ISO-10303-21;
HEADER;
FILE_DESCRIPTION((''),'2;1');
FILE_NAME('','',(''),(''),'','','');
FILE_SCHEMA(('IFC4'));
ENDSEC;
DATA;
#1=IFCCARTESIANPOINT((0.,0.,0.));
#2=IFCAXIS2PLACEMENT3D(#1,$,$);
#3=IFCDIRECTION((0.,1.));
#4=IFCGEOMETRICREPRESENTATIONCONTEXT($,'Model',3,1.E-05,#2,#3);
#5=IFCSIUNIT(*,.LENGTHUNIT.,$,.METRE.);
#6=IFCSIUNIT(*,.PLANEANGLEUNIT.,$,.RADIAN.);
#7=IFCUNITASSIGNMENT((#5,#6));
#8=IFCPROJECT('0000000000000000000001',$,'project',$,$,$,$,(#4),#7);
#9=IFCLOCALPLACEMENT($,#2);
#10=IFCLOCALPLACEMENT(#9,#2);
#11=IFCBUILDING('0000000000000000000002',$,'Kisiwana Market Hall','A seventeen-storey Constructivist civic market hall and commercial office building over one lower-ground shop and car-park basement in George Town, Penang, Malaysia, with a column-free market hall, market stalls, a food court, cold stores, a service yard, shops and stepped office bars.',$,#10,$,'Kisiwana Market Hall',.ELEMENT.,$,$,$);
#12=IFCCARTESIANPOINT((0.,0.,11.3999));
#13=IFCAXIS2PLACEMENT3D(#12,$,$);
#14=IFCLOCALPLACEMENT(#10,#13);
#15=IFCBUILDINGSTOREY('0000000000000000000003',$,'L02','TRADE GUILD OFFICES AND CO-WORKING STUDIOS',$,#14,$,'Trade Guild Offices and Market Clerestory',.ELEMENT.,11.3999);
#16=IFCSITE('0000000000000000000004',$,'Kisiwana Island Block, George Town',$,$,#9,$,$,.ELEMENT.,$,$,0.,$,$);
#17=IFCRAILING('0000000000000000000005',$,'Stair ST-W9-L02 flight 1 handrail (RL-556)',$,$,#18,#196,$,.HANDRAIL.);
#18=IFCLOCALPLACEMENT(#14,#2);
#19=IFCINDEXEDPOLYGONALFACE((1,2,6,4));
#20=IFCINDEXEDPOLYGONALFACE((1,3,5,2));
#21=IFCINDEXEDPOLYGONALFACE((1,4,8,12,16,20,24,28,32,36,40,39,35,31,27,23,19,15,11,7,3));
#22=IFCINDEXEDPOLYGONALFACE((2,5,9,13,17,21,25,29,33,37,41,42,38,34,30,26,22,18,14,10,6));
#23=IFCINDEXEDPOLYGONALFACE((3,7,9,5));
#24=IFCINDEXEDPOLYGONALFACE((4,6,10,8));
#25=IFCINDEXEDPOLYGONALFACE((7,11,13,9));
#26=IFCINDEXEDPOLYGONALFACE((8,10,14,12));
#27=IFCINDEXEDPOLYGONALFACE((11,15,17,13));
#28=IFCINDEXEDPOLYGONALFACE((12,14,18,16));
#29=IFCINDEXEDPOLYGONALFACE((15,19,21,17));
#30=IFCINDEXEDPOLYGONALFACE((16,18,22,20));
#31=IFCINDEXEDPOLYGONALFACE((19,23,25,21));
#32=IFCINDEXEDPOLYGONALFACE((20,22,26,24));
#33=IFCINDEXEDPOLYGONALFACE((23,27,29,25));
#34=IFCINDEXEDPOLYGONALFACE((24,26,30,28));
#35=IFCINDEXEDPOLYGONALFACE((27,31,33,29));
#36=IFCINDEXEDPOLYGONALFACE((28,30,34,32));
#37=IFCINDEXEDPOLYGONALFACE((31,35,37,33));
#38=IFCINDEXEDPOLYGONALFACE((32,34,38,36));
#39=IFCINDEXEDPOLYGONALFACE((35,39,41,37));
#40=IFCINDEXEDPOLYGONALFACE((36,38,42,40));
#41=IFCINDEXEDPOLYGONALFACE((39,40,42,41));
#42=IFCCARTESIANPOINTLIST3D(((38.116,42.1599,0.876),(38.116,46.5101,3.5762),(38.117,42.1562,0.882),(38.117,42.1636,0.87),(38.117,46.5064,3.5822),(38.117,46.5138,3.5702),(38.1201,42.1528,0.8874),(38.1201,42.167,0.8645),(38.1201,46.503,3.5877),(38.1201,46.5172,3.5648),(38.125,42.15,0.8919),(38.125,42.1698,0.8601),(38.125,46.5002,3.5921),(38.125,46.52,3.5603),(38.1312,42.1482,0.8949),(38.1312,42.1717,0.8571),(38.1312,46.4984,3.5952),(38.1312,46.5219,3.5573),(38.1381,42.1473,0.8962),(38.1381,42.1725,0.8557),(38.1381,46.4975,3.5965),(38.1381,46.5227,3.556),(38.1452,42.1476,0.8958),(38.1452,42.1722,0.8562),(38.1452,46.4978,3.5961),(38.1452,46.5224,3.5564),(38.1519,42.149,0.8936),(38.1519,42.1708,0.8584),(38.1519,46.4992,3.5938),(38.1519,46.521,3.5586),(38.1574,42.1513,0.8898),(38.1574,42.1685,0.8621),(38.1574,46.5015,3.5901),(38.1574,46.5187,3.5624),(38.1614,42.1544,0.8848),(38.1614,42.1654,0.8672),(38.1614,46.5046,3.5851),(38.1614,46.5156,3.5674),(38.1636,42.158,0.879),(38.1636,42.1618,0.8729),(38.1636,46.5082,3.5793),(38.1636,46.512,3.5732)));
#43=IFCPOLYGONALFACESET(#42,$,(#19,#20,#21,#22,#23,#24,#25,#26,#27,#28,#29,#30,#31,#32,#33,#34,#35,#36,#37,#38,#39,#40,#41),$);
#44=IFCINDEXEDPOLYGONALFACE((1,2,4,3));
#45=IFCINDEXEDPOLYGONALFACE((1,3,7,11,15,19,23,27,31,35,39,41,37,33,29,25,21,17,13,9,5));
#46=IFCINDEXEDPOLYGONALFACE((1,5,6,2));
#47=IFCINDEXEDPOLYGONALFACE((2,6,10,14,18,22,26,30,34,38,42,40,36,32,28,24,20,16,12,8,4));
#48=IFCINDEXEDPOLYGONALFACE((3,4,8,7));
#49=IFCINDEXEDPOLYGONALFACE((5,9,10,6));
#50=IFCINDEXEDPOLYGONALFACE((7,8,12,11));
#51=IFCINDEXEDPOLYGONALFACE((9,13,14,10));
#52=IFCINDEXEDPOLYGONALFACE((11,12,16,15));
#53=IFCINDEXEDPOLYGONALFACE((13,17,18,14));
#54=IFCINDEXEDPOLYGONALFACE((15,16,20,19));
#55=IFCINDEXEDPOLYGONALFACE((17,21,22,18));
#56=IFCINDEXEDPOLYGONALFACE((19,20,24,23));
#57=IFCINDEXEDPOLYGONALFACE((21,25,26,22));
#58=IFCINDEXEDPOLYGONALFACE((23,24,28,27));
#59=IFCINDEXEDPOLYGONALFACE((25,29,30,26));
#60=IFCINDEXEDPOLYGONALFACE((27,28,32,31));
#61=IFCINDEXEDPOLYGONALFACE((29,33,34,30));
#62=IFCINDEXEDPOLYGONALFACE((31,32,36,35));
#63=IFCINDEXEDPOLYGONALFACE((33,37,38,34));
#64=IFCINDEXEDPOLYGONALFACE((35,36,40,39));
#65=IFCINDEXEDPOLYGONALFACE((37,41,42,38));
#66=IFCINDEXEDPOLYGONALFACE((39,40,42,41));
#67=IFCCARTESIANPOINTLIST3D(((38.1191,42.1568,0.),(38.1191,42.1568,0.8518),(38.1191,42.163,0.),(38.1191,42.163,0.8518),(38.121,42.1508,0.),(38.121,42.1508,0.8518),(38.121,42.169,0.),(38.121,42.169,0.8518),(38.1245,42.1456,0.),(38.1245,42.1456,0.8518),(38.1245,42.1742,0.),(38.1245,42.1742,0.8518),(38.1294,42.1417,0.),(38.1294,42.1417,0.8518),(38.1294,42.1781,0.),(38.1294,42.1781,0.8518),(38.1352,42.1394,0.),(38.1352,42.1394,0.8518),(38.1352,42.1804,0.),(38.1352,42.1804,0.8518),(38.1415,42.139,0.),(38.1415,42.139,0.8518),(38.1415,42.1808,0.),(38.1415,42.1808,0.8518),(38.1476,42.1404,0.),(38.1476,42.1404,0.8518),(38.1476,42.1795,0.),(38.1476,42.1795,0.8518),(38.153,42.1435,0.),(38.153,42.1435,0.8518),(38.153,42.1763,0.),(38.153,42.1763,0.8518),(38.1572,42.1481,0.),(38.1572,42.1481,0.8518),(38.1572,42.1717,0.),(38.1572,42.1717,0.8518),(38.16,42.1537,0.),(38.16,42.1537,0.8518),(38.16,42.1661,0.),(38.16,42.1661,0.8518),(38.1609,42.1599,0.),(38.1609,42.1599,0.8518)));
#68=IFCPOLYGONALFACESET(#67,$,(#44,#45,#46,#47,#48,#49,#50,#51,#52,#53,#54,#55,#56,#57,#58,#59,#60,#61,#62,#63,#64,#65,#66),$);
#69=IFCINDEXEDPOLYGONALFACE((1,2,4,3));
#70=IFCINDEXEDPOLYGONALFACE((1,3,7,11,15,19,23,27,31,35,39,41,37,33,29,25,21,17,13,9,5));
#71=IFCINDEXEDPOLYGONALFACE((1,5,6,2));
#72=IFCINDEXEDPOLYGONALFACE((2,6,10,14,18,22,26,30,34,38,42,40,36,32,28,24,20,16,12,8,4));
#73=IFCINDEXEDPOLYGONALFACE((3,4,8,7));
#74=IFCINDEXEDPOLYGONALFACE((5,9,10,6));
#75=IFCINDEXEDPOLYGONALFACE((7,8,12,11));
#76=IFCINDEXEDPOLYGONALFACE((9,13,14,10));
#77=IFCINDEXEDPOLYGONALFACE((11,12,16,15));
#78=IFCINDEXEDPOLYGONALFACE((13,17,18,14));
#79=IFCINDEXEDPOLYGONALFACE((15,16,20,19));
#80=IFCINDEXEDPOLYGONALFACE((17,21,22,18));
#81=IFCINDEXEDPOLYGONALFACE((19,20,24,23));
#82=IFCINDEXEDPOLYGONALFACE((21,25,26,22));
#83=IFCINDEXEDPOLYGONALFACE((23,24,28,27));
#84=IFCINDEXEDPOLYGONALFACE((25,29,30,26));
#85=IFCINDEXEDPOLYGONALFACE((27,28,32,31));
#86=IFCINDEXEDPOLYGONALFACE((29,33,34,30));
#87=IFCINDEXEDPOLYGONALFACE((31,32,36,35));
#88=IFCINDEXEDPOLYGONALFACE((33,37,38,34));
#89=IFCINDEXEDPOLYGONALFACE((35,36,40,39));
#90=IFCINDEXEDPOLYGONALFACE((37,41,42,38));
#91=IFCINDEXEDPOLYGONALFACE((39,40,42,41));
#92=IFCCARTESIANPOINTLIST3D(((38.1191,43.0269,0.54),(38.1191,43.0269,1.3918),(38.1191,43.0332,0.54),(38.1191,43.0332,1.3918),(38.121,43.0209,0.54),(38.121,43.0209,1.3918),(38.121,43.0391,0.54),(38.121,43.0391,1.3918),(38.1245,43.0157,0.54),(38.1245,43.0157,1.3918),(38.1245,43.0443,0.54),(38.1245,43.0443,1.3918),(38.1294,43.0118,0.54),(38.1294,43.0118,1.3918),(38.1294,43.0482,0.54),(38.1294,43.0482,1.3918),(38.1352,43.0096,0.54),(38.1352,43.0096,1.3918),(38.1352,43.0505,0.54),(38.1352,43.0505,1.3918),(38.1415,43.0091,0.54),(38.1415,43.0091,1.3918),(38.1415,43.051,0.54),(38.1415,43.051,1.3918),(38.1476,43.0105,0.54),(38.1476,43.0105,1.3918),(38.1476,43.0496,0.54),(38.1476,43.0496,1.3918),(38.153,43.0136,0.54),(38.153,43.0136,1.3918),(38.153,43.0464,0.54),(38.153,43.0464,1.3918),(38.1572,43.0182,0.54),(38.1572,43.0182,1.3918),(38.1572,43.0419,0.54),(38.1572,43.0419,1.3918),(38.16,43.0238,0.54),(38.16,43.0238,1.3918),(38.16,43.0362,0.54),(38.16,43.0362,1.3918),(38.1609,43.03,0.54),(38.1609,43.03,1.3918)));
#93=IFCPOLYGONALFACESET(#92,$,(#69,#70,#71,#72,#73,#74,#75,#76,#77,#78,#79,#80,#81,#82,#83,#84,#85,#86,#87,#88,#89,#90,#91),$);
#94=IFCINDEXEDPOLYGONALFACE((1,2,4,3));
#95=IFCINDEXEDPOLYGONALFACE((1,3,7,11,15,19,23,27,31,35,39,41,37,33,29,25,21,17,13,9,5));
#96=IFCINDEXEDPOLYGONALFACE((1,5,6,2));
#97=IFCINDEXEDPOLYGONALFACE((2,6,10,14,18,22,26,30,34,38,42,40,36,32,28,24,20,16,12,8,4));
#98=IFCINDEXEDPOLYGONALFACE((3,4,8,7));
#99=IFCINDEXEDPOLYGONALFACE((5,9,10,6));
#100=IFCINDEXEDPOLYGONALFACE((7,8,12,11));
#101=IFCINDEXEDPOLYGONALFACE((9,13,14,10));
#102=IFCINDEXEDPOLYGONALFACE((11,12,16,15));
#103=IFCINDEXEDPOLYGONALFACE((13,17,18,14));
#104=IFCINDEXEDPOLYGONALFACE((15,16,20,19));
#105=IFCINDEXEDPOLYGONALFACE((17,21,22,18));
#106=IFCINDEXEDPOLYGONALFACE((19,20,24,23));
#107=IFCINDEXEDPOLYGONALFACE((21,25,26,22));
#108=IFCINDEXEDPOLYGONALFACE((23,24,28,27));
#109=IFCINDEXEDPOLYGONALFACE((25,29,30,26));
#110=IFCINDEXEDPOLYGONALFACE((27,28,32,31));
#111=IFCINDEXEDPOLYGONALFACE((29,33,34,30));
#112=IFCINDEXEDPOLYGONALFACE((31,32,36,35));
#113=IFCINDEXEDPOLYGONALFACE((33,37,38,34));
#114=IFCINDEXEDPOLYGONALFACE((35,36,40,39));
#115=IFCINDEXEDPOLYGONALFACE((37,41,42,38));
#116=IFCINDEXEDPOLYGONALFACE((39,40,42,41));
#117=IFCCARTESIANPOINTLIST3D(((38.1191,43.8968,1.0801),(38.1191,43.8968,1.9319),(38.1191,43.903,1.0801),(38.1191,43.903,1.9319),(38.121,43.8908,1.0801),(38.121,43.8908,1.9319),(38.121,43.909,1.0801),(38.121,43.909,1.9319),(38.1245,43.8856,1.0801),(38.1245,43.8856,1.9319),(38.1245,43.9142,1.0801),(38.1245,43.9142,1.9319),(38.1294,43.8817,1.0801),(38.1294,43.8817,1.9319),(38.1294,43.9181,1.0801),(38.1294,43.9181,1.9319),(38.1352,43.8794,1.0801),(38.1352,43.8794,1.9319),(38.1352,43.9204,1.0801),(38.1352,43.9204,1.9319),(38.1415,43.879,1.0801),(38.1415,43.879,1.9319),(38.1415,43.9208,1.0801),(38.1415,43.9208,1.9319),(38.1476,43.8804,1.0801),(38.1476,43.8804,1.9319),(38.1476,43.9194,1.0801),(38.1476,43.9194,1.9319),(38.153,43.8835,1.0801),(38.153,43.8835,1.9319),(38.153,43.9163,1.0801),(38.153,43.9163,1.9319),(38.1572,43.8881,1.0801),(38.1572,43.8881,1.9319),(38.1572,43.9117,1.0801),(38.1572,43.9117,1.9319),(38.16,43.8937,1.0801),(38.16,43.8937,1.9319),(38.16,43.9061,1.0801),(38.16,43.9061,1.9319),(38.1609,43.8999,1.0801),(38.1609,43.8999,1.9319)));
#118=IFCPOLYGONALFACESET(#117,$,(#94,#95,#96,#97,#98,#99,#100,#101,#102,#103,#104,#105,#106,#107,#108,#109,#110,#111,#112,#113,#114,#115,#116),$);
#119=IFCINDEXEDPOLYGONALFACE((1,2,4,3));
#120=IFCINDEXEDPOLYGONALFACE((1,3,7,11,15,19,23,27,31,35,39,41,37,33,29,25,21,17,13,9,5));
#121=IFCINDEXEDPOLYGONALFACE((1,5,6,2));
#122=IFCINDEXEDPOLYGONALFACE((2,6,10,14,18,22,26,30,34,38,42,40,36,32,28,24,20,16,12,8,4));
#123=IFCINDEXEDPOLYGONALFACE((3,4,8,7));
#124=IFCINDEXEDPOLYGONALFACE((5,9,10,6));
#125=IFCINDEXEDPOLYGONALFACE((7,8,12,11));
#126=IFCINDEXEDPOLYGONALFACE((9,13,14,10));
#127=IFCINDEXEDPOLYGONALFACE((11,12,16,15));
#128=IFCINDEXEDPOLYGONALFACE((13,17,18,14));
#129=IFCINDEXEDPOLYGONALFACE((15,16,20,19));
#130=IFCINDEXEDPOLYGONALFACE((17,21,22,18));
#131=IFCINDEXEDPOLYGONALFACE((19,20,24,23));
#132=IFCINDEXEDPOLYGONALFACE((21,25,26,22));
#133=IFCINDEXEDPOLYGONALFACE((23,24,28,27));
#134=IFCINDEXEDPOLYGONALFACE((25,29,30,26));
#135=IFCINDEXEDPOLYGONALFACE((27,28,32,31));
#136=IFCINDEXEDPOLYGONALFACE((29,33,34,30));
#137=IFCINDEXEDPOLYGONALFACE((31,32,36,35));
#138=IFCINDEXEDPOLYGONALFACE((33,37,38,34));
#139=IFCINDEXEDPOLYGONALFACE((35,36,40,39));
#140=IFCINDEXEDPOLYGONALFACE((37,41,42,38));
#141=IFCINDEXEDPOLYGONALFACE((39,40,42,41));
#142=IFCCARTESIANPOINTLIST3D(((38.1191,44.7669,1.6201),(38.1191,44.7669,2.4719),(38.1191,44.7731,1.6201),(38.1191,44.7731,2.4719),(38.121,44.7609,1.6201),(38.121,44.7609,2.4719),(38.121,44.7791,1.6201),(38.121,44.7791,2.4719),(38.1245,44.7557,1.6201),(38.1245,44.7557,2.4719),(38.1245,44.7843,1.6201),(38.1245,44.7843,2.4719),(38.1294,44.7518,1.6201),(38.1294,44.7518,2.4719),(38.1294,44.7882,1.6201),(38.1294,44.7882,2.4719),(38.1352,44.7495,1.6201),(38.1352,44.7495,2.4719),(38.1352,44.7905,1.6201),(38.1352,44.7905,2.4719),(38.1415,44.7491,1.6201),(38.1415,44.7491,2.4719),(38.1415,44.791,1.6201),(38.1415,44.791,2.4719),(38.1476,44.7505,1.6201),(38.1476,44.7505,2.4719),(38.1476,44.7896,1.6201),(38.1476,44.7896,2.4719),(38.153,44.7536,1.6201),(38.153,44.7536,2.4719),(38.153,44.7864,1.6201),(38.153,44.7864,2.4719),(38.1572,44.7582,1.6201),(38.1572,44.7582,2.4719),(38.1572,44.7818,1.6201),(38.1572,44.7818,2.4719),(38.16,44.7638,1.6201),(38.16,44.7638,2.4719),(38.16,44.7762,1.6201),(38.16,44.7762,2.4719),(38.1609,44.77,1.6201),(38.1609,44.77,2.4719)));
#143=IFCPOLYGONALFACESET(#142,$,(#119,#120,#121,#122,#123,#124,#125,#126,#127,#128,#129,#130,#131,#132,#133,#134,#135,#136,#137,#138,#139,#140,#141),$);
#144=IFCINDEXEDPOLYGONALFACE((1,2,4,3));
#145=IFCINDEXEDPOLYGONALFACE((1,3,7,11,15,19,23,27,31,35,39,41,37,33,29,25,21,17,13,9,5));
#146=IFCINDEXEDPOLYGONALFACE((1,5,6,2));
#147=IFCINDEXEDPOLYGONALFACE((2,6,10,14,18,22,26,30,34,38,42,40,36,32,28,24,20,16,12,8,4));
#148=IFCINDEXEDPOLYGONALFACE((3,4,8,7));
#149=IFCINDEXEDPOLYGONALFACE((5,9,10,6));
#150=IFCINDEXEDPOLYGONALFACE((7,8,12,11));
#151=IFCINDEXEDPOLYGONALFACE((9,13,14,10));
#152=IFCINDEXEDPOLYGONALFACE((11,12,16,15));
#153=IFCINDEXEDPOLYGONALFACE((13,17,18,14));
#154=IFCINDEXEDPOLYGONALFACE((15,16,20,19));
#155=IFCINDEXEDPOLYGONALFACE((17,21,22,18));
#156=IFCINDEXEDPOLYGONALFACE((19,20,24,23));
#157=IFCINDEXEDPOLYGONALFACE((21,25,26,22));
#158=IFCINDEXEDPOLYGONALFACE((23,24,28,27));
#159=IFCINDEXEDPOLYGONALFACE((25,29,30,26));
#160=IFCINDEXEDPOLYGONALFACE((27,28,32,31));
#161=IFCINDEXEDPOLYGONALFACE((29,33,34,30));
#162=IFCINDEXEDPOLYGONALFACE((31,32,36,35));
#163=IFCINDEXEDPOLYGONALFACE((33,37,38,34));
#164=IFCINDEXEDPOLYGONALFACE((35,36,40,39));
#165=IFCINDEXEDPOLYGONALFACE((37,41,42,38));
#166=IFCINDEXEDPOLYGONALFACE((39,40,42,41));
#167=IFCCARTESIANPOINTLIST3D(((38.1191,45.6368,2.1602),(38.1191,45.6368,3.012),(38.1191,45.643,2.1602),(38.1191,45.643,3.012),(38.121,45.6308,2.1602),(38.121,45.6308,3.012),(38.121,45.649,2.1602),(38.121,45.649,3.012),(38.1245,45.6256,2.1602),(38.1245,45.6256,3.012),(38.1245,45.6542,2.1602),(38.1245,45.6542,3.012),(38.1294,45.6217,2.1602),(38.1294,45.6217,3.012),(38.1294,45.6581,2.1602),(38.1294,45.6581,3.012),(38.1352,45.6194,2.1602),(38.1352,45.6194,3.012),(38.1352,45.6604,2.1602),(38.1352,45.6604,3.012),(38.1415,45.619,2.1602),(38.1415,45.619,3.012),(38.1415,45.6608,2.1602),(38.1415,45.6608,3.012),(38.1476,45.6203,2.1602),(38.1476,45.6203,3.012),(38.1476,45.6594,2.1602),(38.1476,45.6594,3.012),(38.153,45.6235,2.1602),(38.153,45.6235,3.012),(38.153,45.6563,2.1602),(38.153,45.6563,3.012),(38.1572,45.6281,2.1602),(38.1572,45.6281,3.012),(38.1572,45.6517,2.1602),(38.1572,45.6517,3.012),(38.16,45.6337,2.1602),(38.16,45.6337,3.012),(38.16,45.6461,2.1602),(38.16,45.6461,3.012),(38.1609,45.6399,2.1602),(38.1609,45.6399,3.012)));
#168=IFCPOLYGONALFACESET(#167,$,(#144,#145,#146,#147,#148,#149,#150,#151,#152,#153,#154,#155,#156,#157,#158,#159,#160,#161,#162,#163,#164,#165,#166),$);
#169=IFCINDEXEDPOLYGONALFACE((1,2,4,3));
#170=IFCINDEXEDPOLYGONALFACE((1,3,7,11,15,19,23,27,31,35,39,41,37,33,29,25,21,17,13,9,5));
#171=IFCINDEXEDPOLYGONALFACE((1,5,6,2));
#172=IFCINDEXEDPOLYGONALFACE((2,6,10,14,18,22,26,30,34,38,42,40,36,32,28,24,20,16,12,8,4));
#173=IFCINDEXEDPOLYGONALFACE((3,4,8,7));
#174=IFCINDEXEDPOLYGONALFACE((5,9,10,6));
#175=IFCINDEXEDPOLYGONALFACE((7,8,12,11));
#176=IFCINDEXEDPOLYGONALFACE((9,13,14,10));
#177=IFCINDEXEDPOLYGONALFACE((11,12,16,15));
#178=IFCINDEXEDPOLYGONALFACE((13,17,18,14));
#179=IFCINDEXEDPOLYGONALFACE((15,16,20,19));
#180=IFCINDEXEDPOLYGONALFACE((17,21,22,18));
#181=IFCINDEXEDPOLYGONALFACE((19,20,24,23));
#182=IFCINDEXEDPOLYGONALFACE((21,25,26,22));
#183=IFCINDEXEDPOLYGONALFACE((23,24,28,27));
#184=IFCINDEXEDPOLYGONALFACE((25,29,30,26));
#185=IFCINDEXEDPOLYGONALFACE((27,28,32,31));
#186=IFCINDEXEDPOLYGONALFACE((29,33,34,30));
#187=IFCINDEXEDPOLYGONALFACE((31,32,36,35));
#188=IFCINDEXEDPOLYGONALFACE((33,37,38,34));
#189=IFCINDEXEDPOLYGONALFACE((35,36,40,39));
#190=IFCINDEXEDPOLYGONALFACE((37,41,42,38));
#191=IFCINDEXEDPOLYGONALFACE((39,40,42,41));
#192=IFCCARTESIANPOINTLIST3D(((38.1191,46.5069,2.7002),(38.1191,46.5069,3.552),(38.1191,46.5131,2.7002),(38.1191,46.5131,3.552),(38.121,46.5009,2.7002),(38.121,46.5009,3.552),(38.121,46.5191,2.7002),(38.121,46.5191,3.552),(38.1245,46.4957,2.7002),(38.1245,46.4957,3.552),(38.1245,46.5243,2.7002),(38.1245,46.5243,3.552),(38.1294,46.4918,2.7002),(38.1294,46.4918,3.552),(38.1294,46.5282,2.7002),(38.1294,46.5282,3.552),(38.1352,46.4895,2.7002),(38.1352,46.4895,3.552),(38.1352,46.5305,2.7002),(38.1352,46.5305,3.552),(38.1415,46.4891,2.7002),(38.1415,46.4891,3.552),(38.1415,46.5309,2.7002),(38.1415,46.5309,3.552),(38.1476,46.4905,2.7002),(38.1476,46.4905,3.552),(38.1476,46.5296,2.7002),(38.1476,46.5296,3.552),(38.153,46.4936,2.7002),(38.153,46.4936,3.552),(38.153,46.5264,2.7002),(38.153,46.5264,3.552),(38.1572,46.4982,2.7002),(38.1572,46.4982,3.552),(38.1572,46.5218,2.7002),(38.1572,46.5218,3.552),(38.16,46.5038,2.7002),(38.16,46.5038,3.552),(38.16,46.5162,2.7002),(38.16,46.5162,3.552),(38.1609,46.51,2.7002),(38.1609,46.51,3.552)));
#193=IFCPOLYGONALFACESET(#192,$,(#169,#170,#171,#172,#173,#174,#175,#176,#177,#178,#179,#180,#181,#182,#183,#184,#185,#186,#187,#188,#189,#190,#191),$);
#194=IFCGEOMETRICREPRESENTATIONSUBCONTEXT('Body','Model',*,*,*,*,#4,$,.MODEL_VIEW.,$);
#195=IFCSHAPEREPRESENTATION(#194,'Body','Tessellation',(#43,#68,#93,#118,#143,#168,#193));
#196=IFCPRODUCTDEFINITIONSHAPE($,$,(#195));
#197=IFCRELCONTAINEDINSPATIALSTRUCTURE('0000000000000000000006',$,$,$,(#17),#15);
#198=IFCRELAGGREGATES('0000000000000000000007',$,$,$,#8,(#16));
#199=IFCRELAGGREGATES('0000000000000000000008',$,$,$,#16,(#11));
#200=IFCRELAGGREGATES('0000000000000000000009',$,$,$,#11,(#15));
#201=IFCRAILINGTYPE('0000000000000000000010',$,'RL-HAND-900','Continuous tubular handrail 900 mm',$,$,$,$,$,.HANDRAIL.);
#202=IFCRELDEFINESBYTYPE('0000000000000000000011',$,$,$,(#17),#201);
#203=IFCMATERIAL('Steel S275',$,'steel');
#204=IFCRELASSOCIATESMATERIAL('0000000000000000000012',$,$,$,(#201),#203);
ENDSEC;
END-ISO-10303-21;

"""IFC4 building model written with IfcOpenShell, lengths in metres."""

from ifc_helpers import new_model, si_unit, direction, frame, origin, origin_2d, place, context, subcontext, project, spatial, circle, extrude, material, type_object, element, save


model = new_model("IFC4")

# Units and contexts
model_context = context("Model", 3, precision=1e-05, world=origin(), true_north=direction((0.0, 1.0)))
body_context = subcontext(model_context, "Body", "Model", "MODEL_VIEW")
ifc_project = project(units=[si_unit("LENGTHUNIT", "METRE"), si_unit("PLANEANGLEUNIT", "RADIAN")], contexts=[model_context])

# Site, building, storey
site_placement = place(None, origin())
site = spatial("IfcSite", under=ifc_project, at=site_placement, Name="Kisiwana Island Block, George Town", CompositionType="ELEMENT", RefElevation=0.0)
building_placement = place(site_placement, origin())
building = spatial("IfcBuilding", under=site, at=building_placement, Name="Kisiwana Market Hall", Description="A seventeen-storey Constructivist civic market hall and commercial office building over one lower-ground shop and car-park basement in George Town, Penang, Malaysia, with a column-free market hall, market stalls, a food court, cold stores, a service yard, shops and stepped office bars.", LongName="Kisiwana Market Hall", CompositionType="ELEMENT")
storey_placement = place(building_placement, frame((0.0, 0.0, 11.3999)))
storey = spatial("IfcBuildingStorey", under=building, at=storey_placement, Name="L02", Description="TRADE GUILD OFFICES AND CO-WORKING STUDIOS", LongName="Trade Guild Offices and Market Clerestory", CompositionType="ELEMENT", Elevation=11.3999)

# Railing
ifc_material_1 = material(Name="Steel S275", Category="steel")
railing_type_1 = type_object("IfcRailingType", Name="RL-HAND-900", Description="Continuous tubular handrail 900 mm", PredefinedType="HANDRAIL", material=ifc_material_1)
for number, where, name in (
    (1, (38.1399, 42.1599, 0.0), "Stair ST-W9-L02 flight 1 handrail (RL-556)"),
):
    element("IfcRailing", number, at=place(storey_placement, frame(where)), inside=storey, type_object=railing_type_1, Name=name, PredefinedType="HANDRAIL", context=body_context, shape_type="SweptSolid", body=[
        extrude(circle(Radius=0.0239, at=origin_2d()), frame((0.0, 0.0, 0.876), z_axis=(0.0, 0.849628, 0.527382), x_axis=(-1.0, 0.0, 0.0)), (0.0, 0.0, 1.0), 5.1201),
        extrude(circle(Radius=0.021, at=origin_2d()), origin(), (0.0, 0.0, 1.0), 0.8518),
        extrude(circle(Radius=0.021, at=origin_2d()), frame((0.0, 0.8701, 0.54)), (0.0, 0.0, 1.0), 0.8518),
        extrude(circle(Radius=0.021, at=origin_2d()), frame((0.0, 1.74, 1.0801)), (0.0, 0.0, 1.0), 0.8518),
        extrude(circle(Radius=0.021, at=origin_2d()), frame((0.0, 2.6101, 1.6201)), (0.0, 0.0, 1.0), 0.8518),
        extrude(circle(Radius=0.021, at=origin_2d()), frame((0.0, 3.48, 2.1602)), (0.0, 0.0, 1.0), 0.8518),
        extrude(circle(Radius=0.021, at=origin_2d()), frame((0.0, 4.3501, 2.7002)), (0.0, 0.0, 1.0), 0.8518),
    ])

save(model, "model.ifc")
